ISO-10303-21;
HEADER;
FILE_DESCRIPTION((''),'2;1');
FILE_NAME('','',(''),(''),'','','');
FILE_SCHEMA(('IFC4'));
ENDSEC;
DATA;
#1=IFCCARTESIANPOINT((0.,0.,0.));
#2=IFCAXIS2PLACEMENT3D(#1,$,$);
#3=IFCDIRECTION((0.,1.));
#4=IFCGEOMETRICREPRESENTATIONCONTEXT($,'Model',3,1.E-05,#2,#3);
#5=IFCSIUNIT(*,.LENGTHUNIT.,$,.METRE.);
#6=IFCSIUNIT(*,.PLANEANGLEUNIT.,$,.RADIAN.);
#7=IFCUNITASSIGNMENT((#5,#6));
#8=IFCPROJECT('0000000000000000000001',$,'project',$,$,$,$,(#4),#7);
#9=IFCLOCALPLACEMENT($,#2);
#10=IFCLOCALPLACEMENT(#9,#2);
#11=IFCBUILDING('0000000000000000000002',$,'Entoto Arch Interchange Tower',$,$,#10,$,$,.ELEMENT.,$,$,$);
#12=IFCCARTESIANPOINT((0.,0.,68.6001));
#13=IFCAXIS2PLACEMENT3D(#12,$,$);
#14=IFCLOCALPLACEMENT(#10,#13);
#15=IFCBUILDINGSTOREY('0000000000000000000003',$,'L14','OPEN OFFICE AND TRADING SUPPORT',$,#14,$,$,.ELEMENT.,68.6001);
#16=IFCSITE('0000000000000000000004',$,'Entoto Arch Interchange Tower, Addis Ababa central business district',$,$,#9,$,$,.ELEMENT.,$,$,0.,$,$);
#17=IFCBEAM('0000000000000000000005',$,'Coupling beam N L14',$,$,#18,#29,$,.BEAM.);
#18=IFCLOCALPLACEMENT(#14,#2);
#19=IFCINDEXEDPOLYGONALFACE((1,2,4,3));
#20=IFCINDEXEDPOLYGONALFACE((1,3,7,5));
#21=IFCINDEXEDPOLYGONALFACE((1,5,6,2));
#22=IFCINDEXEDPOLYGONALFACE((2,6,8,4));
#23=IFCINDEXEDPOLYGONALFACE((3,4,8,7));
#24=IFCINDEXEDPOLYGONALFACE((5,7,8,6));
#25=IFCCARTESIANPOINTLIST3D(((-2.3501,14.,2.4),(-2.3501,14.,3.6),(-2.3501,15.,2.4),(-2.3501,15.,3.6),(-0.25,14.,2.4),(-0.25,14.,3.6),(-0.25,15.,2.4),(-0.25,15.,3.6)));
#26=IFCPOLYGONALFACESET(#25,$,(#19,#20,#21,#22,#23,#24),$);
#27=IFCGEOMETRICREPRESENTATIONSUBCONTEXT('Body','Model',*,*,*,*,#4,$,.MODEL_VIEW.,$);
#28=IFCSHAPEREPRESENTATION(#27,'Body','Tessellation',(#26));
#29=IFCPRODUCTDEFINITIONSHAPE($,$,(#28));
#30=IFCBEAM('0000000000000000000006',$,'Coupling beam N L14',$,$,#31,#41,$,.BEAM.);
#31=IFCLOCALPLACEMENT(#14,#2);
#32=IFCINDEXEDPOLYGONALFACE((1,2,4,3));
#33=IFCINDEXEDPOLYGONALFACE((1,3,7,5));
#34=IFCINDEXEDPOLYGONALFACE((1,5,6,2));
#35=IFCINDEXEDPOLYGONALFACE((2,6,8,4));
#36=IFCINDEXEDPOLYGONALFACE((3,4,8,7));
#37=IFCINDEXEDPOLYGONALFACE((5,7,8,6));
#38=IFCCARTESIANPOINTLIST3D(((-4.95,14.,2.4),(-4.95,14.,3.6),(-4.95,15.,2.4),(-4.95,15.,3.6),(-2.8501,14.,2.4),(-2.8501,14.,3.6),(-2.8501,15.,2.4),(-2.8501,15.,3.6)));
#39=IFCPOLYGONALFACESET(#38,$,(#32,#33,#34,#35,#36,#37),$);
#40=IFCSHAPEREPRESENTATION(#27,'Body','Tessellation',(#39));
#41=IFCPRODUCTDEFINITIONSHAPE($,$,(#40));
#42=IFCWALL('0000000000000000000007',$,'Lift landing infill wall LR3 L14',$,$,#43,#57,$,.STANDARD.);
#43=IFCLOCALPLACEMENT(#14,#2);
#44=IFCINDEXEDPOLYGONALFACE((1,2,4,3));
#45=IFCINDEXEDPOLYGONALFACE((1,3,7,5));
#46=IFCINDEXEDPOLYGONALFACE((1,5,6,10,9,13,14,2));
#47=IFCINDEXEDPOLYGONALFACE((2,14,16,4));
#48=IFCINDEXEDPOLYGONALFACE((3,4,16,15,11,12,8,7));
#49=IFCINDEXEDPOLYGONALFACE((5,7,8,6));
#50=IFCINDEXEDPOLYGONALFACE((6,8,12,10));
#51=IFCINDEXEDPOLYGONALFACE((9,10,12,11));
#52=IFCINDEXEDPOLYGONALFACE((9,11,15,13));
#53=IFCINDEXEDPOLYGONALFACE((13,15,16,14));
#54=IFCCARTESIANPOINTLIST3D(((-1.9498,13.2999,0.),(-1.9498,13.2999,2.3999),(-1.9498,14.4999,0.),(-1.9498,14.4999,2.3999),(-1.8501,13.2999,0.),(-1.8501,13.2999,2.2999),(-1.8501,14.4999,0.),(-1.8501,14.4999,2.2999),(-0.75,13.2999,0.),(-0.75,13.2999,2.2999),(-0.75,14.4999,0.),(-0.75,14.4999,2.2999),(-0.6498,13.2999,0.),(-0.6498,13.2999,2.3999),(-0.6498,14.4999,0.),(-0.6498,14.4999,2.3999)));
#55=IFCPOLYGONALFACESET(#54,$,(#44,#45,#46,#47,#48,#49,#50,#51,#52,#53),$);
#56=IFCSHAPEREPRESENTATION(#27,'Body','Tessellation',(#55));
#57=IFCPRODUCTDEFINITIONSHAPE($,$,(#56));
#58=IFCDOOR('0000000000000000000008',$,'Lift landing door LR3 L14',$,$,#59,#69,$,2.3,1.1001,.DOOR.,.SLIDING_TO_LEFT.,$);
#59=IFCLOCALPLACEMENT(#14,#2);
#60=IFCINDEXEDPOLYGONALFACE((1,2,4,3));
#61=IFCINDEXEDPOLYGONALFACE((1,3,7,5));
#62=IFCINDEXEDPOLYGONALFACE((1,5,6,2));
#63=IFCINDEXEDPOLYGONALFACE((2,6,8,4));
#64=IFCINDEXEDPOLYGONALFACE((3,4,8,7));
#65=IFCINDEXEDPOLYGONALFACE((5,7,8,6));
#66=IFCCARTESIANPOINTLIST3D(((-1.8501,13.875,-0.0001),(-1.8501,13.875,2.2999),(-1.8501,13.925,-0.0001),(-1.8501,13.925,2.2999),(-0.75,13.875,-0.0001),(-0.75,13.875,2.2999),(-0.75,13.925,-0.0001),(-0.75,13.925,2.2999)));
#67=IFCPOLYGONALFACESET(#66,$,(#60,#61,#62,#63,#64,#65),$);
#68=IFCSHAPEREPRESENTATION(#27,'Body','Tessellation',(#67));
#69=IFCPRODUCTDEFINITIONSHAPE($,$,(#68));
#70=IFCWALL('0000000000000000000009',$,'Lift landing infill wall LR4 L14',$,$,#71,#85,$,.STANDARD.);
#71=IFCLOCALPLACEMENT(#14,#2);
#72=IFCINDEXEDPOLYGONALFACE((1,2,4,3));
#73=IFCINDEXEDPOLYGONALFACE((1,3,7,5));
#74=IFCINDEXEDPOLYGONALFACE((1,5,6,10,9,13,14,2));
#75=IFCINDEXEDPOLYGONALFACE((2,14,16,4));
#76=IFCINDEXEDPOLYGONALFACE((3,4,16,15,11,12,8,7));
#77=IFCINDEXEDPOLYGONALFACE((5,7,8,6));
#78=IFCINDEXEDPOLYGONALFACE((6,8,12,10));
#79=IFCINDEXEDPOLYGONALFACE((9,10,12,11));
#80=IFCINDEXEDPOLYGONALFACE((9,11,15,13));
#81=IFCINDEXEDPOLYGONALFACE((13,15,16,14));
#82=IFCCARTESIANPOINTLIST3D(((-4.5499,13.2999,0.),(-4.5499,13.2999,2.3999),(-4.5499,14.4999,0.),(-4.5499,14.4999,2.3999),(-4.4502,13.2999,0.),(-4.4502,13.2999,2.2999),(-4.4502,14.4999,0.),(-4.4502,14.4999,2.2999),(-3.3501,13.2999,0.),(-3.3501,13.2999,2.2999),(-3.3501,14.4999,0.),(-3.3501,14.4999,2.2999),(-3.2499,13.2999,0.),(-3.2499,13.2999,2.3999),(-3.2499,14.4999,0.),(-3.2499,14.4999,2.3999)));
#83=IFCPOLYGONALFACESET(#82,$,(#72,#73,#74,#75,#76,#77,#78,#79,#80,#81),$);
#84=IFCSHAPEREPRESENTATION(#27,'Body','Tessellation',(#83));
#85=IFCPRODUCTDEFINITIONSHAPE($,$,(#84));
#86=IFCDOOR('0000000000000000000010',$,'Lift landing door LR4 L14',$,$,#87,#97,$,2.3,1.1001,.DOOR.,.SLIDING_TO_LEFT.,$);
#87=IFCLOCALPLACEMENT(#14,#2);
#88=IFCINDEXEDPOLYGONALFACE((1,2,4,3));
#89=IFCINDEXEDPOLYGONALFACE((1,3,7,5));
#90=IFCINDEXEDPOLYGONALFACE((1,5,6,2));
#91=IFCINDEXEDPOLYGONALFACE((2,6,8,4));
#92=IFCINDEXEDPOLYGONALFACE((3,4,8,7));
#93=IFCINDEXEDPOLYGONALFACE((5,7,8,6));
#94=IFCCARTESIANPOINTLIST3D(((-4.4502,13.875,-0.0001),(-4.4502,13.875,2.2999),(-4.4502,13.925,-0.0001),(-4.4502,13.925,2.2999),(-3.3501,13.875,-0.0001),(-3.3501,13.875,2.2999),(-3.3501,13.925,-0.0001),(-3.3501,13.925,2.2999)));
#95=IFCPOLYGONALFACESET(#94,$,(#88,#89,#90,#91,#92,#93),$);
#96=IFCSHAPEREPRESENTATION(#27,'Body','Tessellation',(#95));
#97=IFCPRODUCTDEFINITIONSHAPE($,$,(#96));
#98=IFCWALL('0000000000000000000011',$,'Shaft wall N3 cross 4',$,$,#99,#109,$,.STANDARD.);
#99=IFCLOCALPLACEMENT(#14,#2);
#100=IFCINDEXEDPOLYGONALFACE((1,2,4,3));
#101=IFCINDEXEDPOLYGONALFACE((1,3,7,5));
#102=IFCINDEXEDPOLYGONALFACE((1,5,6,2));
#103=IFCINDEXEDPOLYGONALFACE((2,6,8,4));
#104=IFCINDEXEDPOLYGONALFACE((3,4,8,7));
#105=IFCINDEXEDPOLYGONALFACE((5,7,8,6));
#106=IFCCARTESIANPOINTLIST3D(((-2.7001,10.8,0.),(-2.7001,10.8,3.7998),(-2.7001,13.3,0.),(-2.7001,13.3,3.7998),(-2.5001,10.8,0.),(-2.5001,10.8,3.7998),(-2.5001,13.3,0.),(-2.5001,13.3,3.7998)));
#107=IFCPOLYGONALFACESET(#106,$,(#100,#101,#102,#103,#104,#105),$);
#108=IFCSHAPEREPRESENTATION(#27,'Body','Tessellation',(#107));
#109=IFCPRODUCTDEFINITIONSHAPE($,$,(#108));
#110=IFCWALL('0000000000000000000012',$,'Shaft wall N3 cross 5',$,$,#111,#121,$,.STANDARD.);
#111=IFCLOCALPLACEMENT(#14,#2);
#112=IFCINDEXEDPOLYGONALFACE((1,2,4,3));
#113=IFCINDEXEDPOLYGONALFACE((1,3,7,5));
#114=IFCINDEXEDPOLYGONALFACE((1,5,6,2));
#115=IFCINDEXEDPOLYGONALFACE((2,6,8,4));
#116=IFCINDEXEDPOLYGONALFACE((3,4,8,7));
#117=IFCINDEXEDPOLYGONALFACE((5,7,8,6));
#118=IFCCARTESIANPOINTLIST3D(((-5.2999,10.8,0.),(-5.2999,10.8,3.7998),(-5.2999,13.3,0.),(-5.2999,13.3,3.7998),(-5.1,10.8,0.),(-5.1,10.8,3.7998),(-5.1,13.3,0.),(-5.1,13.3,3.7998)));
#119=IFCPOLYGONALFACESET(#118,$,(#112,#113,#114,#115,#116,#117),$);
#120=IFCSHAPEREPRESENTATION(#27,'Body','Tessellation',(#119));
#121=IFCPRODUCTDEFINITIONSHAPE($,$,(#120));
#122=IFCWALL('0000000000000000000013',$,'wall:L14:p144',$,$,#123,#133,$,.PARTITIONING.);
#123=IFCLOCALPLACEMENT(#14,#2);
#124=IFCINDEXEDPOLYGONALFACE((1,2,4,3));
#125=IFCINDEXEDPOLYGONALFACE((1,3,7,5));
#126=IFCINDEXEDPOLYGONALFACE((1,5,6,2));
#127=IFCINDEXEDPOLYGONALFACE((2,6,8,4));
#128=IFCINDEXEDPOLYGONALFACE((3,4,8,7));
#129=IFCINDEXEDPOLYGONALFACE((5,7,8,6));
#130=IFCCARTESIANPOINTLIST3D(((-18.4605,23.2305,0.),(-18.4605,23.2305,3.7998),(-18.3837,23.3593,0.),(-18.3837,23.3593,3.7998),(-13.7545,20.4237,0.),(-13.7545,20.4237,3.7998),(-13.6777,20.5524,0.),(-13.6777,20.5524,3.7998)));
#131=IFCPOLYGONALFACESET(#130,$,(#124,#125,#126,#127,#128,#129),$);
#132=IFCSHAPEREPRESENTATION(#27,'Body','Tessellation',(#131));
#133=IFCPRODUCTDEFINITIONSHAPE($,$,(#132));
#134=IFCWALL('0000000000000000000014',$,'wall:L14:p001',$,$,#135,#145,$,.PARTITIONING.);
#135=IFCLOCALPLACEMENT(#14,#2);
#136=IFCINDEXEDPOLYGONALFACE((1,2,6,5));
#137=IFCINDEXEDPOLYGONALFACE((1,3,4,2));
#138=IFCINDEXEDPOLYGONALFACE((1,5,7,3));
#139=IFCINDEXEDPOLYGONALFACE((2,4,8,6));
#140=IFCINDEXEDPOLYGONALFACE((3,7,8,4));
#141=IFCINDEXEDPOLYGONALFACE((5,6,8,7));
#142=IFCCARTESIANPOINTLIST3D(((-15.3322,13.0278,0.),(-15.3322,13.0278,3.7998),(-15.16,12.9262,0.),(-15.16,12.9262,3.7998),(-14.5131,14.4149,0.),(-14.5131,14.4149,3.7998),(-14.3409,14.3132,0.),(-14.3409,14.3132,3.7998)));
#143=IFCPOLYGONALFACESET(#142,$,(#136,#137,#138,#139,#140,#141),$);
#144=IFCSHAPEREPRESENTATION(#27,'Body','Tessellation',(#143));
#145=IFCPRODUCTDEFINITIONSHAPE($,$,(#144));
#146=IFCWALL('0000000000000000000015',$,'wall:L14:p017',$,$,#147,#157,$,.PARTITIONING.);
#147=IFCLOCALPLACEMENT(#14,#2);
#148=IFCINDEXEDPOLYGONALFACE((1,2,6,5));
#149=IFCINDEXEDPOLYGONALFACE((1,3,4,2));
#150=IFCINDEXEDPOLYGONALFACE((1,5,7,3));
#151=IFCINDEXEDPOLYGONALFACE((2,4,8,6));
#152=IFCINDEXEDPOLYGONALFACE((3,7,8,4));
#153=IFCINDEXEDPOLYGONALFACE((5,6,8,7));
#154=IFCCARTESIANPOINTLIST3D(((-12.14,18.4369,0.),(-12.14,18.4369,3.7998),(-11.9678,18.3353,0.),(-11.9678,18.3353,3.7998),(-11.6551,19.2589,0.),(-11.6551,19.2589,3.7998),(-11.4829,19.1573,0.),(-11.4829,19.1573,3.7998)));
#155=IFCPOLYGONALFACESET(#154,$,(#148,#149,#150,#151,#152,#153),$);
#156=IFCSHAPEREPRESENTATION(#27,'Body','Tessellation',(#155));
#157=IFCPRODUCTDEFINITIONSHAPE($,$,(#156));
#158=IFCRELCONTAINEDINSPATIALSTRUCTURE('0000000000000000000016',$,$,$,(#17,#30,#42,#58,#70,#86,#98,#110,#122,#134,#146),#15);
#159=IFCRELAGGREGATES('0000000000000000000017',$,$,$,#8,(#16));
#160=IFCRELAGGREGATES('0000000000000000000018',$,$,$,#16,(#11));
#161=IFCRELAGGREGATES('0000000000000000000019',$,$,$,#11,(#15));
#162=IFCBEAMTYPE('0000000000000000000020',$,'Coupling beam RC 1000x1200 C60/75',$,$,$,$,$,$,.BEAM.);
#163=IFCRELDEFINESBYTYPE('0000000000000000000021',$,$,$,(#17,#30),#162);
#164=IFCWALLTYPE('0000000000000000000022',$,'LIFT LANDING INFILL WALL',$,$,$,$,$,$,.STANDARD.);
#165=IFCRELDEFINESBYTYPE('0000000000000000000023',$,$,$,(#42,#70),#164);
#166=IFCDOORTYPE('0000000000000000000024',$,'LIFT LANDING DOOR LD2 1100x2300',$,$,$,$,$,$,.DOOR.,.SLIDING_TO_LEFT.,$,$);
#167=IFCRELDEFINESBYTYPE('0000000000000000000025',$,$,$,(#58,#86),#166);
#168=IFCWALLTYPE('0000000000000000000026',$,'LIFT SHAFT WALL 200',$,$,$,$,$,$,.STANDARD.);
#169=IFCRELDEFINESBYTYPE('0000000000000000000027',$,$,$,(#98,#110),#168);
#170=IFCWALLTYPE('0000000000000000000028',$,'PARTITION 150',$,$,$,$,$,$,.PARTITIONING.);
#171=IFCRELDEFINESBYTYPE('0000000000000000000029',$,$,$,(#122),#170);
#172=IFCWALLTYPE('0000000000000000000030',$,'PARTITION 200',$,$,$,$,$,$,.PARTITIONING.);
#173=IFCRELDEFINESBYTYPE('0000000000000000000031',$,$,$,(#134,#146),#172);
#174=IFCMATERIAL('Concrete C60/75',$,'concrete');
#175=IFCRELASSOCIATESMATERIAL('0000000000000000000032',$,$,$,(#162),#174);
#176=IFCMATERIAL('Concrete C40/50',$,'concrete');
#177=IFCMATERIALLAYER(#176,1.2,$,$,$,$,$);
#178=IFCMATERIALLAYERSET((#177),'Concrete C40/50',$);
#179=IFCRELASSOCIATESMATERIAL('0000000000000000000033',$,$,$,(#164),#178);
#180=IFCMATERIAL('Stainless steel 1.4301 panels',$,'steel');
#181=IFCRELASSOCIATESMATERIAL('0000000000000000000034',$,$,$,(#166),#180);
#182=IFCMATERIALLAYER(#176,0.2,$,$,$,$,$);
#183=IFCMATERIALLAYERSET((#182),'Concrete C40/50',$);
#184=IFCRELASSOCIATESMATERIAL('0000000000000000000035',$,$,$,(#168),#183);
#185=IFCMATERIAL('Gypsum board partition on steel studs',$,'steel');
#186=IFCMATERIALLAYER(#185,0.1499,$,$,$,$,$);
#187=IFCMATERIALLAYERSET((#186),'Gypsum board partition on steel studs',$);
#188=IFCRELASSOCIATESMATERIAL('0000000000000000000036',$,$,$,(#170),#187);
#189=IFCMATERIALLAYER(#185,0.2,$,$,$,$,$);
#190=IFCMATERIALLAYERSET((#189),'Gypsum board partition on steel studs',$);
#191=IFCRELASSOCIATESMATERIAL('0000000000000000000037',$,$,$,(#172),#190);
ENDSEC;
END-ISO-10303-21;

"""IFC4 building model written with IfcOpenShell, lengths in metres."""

from ifc_helpers import new_model, si_unit, direction, frame, frame_2d, origin, origin_2d, place, context, subcontext, project, spatial, rectangle, extrude, material, layer, layer_set, material_profile, profile_set, type_object, element, fill, save


model = new_model("IFC4")

# Units and contexts
model_context = context("Model", 3, precision=1e-05, world=origin(), true_north=direction((0.0, 1.0)))
body_context = subcontext(model_context, "Body", "Model", "MODEL_VIEW")
ifc_project = project(units=[si_unit("LENGTHUNIT", "METRE"), si_unit("PLANEANGLEUNIT", "RADIAN")], contexts=[model_context])

# Site, building, storey
site_placement = place(None, origin())
site = spatial("IfcSite", under=ifc_project, at=site_placement, Name="Entoto Arch Interchange Tower, Addis Ababa central business district", CompositionType="ELEMENT", RefElevation=0.0)
building_placement = place(site_placement, origin())
building = spatial("IfcBuilding", under=site, at=building_placement, Name="Entoto Arch Interchange Tower", CompositionType="ELEMENT")
storey_placement = place(building_placement, frame((0.0, 0.0, 68.6001)))
storey = spatial("IfcBuildingStorey", under=building, at=storey_placement, Name="L14", Description="OPEN OFFICE AND TRADING SUPPORT", CompositionType="ELEMENT", Elevation=68.6001)

# Beams
ifc_material_1 = material(Name="Concrete C60/75", Category="concrete")
ifc_material_profile = material_profile(ifc_material_1, rectangle(XDim=1.0, YDim=1.2, at=origin_2d()))
ifc_profile_set = profile_set([ifc_material_profile], Name="Concrete C60/75")
beam_type = type_object("IfcBeamType", Name="Coupling beam RC 1000x1200 C60/75", PredefinedType="BEAM", material=ifc_profile_set)
beam_1_placement = place(storey_placement, frame((-0.25, 14.5, 3.0), z_axis=(-1.0, 0.0, 0.0), x_axis=(0.0, -1.0, 0.0)))
element("IfcBeam", 1, at=beam_1_placement, inside=storey, type_object=beam_type, Name="Coupling beam N L14", PredefinedType="BEAM", context=body_context, shape_type="SweptSolid", body=[
    extrude(rectangle(XDim=1.0, YDim=1.2, at=origin_2d()), origin(), (0.0, 0.0, 1.0), 2.1001),
])
beam_2_placement = place(storey_placement, frame((-2.8501, 14.5, 3.0), z_axis=(-1.0, 0.0, 0.0), x_axis=(0.0, -1.0, 0.0)))
element("IfcBeam", 2, at=beam_2_placement, inside=storey, type_object=beam_type, Name="Coupling beam N L14", PredefinedType="BEAM", context=body_context, shape_type="SweptSolid", body=[
    extrude(rectangle(XDim=1.0, YDim=1.2, at=origin_2d()), origin(), (0.0, 0.0, 1.0), 2.0999),
])

# Walls, openings, doors
ifc_material_2 = material(Name="Concrete C40/50", Category="concrete")
ifc_layer_1 = layer(ifc_material_2, 1.2)
ifc_layer_set_1 = layer_set([ifc_layer_1], Name="Concrete C40/50")
wall_type_1 = type_object("IfcWallType", Name="LIFT LANDING INFILL WALL", PredefinedType="STANDARD", material=ifc_layer_set_1)
wall_1_placement = place(storey_placement, frame((-0.6499, 13.8999, 0.0), z_axis=(0.0, 0.0, 1.0), x_axis=(-1.0, 0.0, 0.0)))
wall_1 = element("IfcWall", 3, at=wall_1_placement, inside=storey, type_object=wall_type_1, Name="Lift landing infill wall LR3 L14", PredefinedType="STANDARD", context=body_context, shape_type="SweptSolid", body=[
    extrude(rectangle(XDim=1.3, YDim=1.2, at=frame_2d((0.6499, 0.0))), origin(), (0.0, 0.0, 1.0), 2.3999),
])
opening_1_placement = place(wall_1_placement, frame((0.1001, 0.0, 0.0)))
opening_1 = element("IfcOpeningElement", 4, at=opening_1_placement, cuts=wall_1, PredefinedType="OPENING", context=body_context, shape_type="SweptSolid", body=[
    extrude(rectangle(XDim=1.1001, YDim=2.3, at=frame_2d((0.55, 1.1499))), frame((0.0, 0.6099, 0.0), z_axis=(0.0, -1.0, 0.0), x_axis=(1.0, 0.0, 0.0)), (0.0, 0.0, 1.0), 1.22),
])
ifc_material_3 = material(Name="Stainless steel 1.4301 panels", Category="steel")
door_type_1 = type_object("IfcDoorType", Name="LIFT LANDING DOOR LD2 1100x2300", OperationType="SLIDING_TO_LEFT", PredefinedType="DOOR", material=ifc_material_3)
door_1_placement = place(opening_1_placement, origin())
door_1 = element("IfcDoor", 5, at=door_1_placement, inside=storey, type_object=door_type_1, Name="Lift landing door LR3 L14", OperationType="SLIDING_TO_LEFT", OverallHeight=2.3, OverallWidth=1.1001, PredefinedType="DOOR", context=body_context, shape_type="SweptSolid", body=[
    extrude(rectangle(XDim=1.1001, YDim=2.3, at=frame_2d((0.55, 1.1499))), frame((0.0, 0.0249, 0.0), z_axis=(0.0, -1.0, 0.0), x_axis=(1.0, 0.0, 0.0)), (0.0, 0.0, 1.0), 0.05),
])
fill(opening_1, door_1)
wall_2_placement = place(storey_placement, frame((-3.25, 13.8999, 0.0), z_axis=(0.0, 0.0, 1.0), x_axis=(-1.0, 0.0, 0.0)))
wall_2 = element("IfcWall", 6, at=wall_2_placement, inside=storey, type_object=wall_type_1, Name="Lift landing infill wall LR4 L14", PredefinedType="STANDARD", context=body_context, shape_type="SweptSolid", body=[
    extrude(rectangle(XDim=1.3, YDim=1.2, at=frame_2d((0.6499, 0.0))), origin(), (0.0, 0.0, 1.0), 2.3999),
])
opening_2_placement = place(wall_2_placement, frame((0.1001, 0.0, 0.0)))
opening_2 = element("IfcOpeningElement", 7, at=opening_2_placement, cuts=wall_2, PredefinedType="OPENING", context=body_context, shape_type="SweptSolid", body=[
    extrude(rectangle(XDim=1.1001, YDim=2.3, at=frame_2d((0.55, 1.1499))), frame((0.0, 0.6099, 0.0), z_axis=(0.0, -1.0, 0.0), x_axis=(1.0, 0.0, 0.0)), (0.0, 0.0, 1.0), 1.22),
])
door_2_placement = place(opening_2_placement, origin())
door_2 = element("IfcDoor", 8, at=door_2_placement, inside=storey, type_object=door_type_1, Name="Lift landing door LR4 L14", OperationType="SLIDING_TO_LEFT", OverallHeight=2.3, OverallWidth=1.1001, PredefinedType="DOOR", context=body_context, shape_type="SweptSolid", body=[
    extrude(rectangle(XDim=1.1001, YDim=2.3, at=frame_2d((0.55, 1.1499))), frame((0.0, 0.0249, 0.0), z_axis=(0.0, -1.0, 0.0), x_axis=(1.0, 0.0, 0.0)), (0.0, 0.0, 1.0), 0.05),
])
fill(opening_2, door_2)

# Walls
ifc_layer_2 = layer(ifc_material_2, 0.2)
ifc_layer_set_2 = layer_set([ifc_layer_2], Name="Concrete C40/50")
wall_type_2 = type_object("IfcWallType", Name="LIFT SHAFT WALL 200", PredefinedType="STANDARD", material=ifc_layer_set_2)
for number, where, z_axis, x_axis, name in (
    (9, (-2.6001, 10.8, 0.0), (0.0, 0.0, 1.0), (0.0, 1.0, 0.0), "Shaft wall N3 cross 4"),
    (10, (-5.2, 10.8, 0.0), (0.0, 0.0, 1.0), (0.0, 1.0, 0.0), "Shaft wall N3 cross 5"),
):
    element("IfcWall", number, at=place(storey_placement, frame(where, z_axis=z_axis, x_axis=x_axis)), inside=storey, type_object=wall_type_2, Name=name, PredefinedType="STANDARD", context=body_context, shape_type="SweptSolid", body=[
        extrude(rectangle(XDim=2.5, YDim=0.2, at=frame_2d((1.25, 0.0))), origin(), (0.0, 0.0, 1.0), 3.7998),
    ])
ifc_material_4 = material(Name="Gypsum board partition on steel studs", Category="steel")
ifc_layer_3 = layer(ifc_material_4, 0.1499)
ifc_layer_set_3 = layer_set([ifc_layer_3], Name="Gypsum board partition on steel studs")
wall_type_3 = type_object("IfcWallType", Name="PARTITION 150", PredefinedType="PARTITIONING", material=ifc_layer_set_3)
wall_3_placement = place(storey_placement, frame((-13.7161, 20.488, 0.0), z_axis=(0.0, 0.0, 1.0), x_axis=(-0.858838, 0.512247, 0.0)))
element("IfcWall", 11, at=wall_3_placement, inside=storey, type_object=wall_type_3, Name="wall:L14:p144", PredefinedType="PARTITIONING", context=body_context, shape_type="SweptSolid", body=[
    extrude(rectangle(XDim=5.4795, YDim=0.1499, at=frame_2d((2.7397, 0.0))), origin(), (0.0, 0.0, 1.0), 3.7998),
])
ifc_layer_4 = layer(ifc_material_4, 0.2)
ifc_layer_set_4 = layer_set([ifc_layer_4], Name="Gypsum board partition on steel studs")
wall_type_4 = type_object("IfcWallType", Name="PARTITION 200", PredefinedType="PARTITIONING", material=ifc_layer_set_4)
wall_4_placement = place(storey_placement, frame((-14.427, 14.364, 0.0), z_axis=(0.0, 0.0, 1.0), x_axis=(-0.50851, -0.861056, 0.0)))
element("IfcWall", 12, at=wall_4_placement, inside=storey, type_object=wall_type_4, Name="wall:L14:p001", PredefinedType="PARTITIONING", context=body_context, shape_type="SweptSolid", body=[
    extrude(rectangle(XDim=1.6108, YDim=0.2, at=frame_2d((0.8054, 0.0))), origin(), (0.0, 0.0, 1.0), 3.7998),
])
wall_5_placement = place(storey_placement, frame((-11.5691, 19.208, 0.0), z_axis=(0.0, 0.0, 1.0), x_axis=(-0.508048, -0.861329, 0.0)))
element("IfcWall", 13, at=wall_5_placement, inside=storey, type_object=wall_type_4, Name="wall:L14:p017", PredefinedType="PARTITIONING", context=body_context, shape_type="SweptSolid", body=[
    extrude(rectangle(XDim=0.9543, YDim=0.2, at=frame_2d((0.4771, 0.0))), origin(), (0.0, 0.0, 1.0), 3.7998),
])

save(model, "model.ifc")
